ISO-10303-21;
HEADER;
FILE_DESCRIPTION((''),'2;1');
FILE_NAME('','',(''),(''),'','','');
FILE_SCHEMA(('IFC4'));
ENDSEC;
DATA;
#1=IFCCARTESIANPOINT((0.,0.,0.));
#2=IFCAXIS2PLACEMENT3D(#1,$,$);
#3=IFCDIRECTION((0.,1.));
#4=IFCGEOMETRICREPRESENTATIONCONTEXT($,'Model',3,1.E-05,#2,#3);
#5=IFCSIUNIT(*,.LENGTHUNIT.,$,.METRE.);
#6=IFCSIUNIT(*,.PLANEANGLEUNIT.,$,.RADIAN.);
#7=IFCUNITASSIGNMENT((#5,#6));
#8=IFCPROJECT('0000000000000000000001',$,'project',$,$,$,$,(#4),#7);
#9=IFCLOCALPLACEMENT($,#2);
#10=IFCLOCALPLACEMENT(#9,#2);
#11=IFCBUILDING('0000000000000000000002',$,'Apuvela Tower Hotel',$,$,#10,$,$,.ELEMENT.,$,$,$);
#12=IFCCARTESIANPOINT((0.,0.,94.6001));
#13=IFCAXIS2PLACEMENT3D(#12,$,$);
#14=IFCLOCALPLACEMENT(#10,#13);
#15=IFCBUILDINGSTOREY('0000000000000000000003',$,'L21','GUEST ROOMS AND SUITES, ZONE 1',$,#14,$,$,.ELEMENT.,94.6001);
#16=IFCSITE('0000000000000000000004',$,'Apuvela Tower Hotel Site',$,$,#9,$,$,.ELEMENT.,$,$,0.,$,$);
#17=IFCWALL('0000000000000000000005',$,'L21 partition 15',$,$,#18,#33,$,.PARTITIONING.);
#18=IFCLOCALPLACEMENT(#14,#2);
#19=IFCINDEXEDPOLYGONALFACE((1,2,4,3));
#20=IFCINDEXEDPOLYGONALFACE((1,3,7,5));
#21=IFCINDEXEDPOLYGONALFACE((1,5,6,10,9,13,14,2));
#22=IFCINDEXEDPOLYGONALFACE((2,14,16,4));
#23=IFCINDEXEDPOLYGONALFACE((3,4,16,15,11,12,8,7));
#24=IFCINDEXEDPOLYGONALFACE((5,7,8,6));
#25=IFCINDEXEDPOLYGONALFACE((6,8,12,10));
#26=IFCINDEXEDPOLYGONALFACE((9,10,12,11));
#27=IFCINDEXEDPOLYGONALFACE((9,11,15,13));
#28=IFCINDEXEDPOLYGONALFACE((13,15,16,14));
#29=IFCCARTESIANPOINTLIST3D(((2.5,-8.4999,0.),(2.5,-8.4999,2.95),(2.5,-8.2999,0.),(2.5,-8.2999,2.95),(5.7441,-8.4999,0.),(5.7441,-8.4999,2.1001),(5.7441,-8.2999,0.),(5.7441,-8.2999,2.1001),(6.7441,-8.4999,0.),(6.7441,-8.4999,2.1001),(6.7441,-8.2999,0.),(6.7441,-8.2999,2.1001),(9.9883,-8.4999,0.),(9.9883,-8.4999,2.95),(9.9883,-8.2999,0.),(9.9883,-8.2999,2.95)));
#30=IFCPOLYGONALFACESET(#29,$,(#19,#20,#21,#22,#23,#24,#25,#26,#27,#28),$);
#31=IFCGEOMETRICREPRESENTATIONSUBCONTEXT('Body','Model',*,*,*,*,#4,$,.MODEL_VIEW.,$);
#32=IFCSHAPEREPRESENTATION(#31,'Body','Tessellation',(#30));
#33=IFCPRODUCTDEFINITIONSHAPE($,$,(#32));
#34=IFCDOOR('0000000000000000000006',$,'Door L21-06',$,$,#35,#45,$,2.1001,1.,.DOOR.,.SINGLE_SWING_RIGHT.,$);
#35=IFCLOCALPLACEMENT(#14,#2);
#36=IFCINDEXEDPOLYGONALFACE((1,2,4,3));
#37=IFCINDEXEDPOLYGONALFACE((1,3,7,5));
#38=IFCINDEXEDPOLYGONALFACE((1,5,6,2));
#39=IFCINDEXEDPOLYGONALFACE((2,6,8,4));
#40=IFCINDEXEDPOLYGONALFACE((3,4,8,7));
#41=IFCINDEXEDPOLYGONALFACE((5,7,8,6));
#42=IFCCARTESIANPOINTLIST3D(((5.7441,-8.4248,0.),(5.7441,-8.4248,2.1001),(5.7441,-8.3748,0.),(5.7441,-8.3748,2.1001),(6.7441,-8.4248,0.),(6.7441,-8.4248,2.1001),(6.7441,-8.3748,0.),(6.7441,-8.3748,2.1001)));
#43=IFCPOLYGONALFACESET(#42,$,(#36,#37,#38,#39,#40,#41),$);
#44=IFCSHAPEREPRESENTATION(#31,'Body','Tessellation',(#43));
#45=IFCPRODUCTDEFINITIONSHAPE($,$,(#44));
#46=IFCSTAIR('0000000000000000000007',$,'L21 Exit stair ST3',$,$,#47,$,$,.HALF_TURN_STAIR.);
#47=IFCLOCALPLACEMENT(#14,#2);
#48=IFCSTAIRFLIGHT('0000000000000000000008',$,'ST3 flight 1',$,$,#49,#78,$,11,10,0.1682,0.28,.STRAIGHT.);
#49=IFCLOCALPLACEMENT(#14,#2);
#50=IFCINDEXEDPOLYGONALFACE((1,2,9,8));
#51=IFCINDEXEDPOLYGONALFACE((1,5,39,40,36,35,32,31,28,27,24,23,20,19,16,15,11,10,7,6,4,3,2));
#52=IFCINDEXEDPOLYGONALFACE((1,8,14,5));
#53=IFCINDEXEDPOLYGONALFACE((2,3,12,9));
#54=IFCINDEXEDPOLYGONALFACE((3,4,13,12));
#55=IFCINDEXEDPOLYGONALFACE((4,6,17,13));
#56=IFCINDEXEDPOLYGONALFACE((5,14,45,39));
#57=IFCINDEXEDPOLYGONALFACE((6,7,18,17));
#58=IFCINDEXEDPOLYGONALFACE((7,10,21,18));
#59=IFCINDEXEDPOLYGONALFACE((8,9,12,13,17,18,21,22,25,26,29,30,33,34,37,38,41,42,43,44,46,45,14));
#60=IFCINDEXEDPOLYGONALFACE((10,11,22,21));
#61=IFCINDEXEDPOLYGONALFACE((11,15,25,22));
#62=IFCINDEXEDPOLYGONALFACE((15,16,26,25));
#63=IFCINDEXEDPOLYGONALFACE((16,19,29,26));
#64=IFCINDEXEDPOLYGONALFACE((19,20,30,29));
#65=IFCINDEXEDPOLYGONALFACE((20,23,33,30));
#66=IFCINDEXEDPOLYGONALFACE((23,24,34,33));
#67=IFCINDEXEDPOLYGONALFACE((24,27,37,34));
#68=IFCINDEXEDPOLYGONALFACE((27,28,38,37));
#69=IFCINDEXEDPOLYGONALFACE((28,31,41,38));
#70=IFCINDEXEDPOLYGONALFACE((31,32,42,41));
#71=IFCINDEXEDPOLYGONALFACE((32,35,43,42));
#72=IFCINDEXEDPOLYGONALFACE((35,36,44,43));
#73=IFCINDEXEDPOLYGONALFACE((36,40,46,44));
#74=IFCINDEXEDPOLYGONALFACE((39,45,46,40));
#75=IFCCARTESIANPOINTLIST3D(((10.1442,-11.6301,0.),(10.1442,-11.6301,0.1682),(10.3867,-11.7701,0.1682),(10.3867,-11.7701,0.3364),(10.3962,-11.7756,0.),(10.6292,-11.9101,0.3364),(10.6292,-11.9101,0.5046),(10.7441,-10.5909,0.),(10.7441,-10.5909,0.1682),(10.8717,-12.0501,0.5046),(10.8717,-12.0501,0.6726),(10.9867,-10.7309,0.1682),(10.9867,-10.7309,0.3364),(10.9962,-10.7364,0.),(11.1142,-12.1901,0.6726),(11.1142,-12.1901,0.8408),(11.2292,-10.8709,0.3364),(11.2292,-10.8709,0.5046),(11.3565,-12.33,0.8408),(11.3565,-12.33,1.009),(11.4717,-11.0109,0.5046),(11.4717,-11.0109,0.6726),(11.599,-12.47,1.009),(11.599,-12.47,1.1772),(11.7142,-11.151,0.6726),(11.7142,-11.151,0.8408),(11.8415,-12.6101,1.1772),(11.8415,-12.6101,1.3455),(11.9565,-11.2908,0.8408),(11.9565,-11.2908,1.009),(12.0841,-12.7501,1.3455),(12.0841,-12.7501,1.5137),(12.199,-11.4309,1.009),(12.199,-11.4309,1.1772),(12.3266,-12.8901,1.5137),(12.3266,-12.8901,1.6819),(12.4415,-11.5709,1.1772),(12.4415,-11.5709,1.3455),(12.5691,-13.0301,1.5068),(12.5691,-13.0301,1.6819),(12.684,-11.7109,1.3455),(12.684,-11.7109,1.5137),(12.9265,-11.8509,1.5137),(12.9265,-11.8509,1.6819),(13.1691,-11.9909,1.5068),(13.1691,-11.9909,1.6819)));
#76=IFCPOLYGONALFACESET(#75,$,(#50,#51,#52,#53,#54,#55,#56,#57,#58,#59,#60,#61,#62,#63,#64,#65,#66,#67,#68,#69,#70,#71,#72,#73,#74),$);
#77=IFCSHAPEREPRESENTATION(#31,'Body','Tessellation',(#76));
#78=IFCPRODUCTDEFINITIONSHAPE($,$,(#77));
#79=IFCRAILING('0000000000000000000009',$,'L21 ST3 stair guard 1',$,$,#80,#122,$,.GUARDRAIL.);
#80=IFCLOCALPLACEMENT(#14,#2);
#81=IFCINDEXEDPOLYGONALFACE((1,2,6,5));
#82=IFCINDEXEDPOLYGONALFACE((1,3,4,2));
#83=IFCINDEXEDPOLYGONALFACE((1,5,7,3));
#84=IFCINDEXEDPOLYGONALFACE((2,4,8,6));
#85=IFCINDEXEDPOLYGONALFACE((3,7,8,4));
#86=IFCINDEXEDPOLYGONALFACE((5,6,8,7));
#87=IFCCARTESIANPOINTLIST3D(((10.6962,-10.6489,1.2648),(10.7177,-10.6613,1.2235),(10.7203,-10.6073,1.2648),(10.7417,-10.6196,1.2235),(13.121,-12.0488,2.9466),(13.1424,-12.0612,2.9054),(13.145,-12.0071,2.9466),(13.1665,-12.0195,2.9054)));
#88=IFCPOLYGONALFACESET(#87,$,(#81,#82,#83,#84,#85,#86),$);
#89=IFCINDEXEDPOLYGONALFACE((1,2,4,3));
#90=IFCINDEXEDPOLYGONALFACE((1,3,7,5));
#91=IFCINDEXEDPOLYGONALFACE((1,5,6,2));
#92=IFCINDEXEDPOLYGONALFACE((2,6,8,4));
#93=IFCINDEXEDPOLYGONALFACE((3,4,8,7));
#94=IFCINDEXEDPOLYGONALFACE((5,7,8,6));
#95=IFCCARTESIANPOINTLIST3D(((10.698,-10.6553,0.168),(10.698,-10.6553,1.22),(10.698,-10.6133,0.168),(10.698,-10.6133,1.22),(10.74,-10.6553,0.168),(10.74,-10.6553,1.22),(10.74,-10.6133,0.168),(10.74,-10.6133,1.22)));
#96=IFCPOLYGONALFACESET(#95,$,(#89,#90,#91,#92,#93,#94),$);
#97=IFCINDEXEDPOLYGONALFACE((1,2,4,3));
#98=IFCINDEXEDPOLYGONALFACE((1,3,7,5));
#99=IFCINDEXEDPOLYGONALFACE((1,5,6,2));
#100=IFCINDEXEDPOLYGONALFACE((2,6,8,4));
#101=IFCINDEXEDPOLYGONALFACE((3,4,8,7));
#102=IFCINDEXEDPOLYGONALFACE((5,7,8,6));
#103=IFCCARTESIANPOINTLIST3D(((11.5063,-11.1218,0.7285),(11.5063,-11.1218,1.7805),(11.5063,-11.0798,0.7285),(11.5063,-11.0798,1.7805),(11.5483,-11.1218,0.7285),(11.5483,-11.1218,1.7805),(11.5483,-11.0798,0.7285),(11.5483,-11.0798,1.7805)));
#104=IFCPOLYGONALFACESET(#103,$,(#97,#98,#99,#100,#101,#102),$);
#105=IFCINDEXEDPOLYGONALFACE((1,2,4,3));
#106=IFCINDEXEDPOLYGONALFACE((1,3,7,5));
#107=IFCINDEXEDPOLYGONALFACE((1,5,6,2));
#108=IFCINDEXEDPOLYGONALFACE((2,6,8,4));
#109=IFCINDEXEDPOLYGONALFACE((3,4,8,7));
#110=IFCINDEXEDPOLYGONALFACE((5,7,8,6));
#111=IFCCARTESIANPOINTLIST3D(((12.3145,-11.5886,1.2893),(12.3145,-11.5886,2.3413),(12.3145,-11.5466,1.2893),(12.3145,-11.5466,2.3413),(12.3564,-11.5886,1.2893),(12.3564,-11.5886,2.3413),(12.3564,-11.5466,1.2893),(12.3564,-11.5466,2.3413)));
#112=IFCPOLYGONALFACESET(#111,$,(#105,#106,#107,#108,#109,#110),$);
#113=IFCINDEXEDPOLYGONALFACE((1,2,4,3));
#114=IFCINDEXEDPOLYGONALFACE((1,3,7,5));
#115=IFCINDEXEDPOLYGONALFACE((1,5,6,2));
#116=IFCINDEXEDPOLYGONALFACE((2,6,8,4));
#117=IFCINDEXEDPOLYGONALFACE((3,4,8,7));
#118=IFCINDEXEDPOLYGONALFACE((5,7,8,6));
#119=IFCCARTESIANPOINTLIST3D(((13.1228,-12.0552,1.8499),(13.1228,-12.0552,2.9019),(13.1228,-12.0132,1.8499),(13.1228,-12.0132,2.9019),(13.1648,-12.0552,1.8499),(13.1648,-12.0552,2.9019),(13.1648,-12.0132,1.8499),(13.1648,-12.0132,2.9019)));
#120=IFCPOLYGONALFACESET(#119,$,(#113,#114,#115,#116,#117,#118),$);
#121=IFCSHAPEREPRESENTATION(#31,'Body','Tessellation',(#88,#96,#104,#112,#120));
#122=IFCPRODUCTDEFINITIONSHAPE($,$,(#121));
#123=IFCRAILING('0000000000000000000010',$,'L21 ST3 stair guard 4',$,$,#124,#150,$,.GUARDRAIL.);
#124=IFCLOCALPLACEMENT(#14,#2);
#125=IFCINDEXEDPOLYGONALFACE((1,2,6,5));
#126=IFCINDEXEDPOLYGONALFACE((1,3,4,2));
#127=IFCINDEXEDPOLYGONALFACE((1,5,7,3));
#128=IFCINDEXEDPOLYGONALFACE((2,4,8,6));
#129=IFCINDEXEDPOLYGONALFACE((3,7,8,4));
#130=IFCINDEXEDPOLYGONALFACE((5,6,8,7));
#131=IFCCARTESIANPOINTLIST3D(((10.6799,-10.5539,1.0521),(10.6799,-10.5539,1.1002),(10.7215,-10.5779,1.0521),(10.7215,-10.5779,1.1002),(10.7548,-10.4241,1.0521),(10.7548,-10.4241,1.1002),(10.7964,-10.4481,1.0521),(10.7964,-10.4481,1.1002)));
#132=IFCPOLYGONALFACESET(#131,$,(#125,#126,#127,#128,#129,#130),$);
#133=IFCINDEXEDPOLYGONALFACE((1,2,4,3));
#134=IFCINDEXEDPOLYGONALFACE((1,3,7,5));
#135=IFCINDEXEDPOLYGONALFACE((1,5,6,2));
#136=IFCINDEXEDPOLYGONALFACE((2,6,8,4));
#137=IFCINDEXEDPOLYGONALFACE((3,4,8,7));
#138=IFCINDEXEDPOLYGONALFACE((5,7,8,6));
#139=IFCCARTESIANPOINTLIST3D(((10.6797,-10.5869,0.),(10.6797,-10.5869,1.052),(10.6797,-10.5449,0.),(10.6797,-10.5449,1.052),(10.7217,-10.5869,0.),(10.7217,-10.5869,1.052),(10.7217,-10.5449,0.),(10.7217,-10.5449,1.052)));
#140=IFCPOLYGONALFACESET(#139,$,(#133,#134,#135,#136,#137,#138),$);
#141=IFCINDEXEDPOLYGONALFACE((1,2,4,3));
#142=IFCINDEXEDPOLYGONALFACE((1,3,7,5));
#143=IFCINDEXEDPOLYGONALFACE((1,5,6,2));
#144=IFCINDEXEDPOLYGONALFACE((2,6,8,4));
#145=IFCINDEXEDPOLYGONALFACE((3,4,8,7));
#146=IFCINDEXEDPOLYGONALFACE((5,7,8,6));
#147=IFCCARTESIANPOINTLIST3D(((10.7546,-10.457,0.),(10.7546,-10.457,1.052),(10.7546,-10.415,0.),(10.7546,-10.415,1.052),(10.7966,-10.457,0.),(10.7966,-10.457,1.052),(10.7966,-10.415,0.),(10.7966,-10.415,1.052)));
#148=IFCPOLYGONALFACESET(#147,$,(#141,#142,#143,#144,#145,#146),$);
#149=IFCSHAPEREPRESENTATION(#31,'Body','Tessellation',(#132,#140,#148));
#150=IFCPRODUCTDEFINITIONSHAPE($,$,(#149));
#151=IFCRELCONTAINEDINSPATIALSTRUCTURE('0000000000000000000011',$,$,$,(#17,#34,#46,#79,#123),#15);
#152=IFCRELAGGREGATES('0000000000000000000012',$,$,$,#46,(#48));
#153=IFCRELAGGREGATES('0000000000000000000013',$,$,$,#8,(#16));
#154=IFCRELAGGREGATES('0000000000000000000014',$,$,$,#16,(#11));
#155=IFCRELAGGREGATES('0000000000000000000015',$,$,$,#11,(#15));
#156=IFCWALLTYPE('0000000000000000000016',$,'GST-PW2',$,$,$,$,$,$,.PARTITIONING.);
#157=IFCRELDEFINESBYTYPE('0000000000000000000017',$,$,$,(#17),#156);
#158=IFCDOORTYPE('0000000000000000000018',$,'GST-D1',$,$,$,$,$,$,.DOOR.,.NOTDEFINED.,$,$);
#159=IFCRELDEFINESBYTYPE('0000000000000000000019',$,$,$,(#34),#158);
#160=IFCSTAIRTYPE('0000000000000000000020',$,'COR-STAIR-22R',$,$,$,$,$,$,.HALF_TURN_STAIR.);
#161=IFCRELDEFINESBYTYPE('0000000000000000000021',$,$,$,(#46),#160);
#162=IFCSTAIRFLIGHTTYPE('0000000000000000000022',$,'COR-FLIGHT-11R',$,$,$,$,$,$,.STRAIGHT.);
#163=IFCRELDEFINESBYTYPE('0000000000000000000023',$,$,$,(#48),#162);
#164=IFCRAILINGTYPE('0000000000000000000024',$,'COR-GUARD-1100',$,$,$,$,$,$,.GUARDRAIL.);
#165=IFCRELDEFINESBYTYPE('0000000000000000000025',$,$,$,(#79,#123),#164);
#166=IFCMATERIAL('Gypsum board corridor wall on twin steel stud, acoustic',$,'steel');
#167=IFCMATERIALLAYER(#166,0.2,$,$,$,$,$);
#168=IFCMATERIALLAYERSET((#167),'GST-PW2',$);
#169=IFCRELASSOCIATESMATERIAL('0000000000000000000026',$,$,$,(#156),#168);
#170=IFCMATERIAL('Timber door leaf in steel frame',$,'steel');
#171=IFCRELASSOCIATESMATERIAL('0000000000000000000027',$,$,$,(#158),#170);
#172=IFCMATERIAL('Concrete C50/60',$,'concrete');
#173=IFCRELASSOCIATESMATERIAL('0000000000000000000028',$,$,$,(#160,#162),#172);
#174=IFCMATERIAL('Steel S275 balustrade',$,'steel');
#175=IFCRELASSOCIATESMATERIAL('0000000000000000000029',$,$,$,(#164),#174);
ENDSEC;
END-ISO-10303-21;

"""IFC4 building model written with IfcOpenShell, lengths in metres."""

from ifc_helpers import new_model, si_unit, direction, frame, frame_2d, origin, origin_2d, place, context, subcontext, project, spatial, polyline, rectangle, outline, extrude, material, layer, layer_set, type_object, element, fill, aggregate, save


model = new_model("IFC4")

# Units and contexts
model_context = context("Model", 3, precision=1e-05, world=origin(), true_north=direction((0.0, 1.0)))
body_context = subcontext(model_context, "Body", "Model", "MODEL_VIEW")
ifc_project = project(units=[si_unit("LENGTHUNIT", "METRE"), si_unit("PLANEANGLEUNIT", "RADIAN")], contexts=[model_context])

# Site, building, storey
site_placement = place(None, origin())
site = spatial("IfcSite", under=ifc_project, at=site_placement, Name="Apuvela Tower Hotel Site", CompositionType="ELEMENT", RefElevation=0.0)
building_placement = place(site_placement, origin())
building = spatial("IfcBuilding", under=site, at=building_placement, Name="Apuvela Tower Hotel", CompositionType="ELEMENT")
storey_placement = place(building_placement, frame((0.0, 0.0, 94.6001)))
storey = spatial("IfcBuildingStorey", under=building, at=storey_placement, Name="L21", Description="GUEST ROOMS AND SUITES, ZONE 1", CompositionType="ELEMENT", Elevation=94.6001)

# Shared definitions
ifc_material_1 = material(Name="Concrete C50/60", Category="concrete")

# Wall, opening, door
ifc_material_2 = material(Name="Gypsum board corridor wall on twin steel stud, acoustic", Category="steel")
ifc_layer_1 = layer(ifc_material_2, 0.2)
ifc_layer_set_1 = layer_set([ifc_layer_1], Name="GST-PW2")
wall_type_1 = type_object("IfcWallType", Name="GST-PW2", PredefinedType="PARTITIONING", material=ifc_layer_set_1)
ifc_material_3 = material(Name="Timber door leaf in steel frame", Category="steel")
door_type_1 = type_object("IfcDoorType", Name="GST-D1", OperationType="NOTDEFINED", PredefinedType="DOOR", material=ifc_material_3)
wall_1_placement = place(storey_placement, frame((9.9883, -8.3999, 0.0), z_axis=(0.0, 0.0, 1.0), x_axis=(-1.0, 0.0, 0.0)))
wall_1 = element("IfcWall", 1, at=wall_1_placement, inside=storey, type_object=wall_type_1, Name="L21 partition 15", PredefinedType="PARTITIONING", context=body_context, shape_type="SweptSolid", body=[
    extrude(rectangle(XDim=7.4883, YDim=0.2, at=frame_2d((3.7441, 0.0))), origin(), (0.0, 0.0, 1.0), 2.95),
])
opening_1_placement = place(wall_1_placement, frame((3.2441, 0.0, 0.0)))
opening_1 = element("IfcOpeningElement", 2, at=opening_1_placement, cuts=wall_1, PredefinedType="OPENING", context=body_context, shape_type="SweptSolid", body=[
    extrude(rectangle(XDim=1.0, YDim=2.1001, at=frame_2d((0.5, 1.05))), frame((0.0, 0.1099, 0.0), z_axis=(0.0, -1.0, 0.0), x_axis=(1.0, 0.0, 0.0)), (0.0, 0.0, 1.0), 0.22),
])
door_1_placement = place(opening_1_placement, origin())
door_1 = element("IfcDoor", 3, at=door_1_placement, inside=storey, type_object=door_type_1, Name="Door L21-06", OperationType="SINGLE_SWING_RIGHT", OverallHeight=2.1001, OverallWidth=1.0, PredefinedType="DOOR", context=body_context, shape_type="SweptSolid", body=[
    extrude(rectangle(XDim=1.0, YDim=2.1001, at=frame_2d((0.5, 1.05))), frame((0.0, 0.0249, 0.0), z_axis=(0.0, -1.0, 0.0), x_axis=(1.0, 0.0, 0.0)), (0.0, 0.0, 1.0), 0.05),
])
fill(opening_1, door_1)

# Stair, stair flight
stair_type = type_object("IfcStairType", Name="COR-STAIR-22R", PredefinedType="HALF_TURN_STAIR", material=ifc_material_1)
stair_placement = place(storey_placement, origin())
stair = element("IfcStair", 4, at=stair_placement, inside=storey, type_object=stair_type, Name="L21 Exit stair ST3", PredefinedType="HALF_TURN_STAIR")
stair_flight_type = type_object("IfcStairFlightType", Name="COR-FLIGHT-11R", PredefinedType="STRAIGHT", material=ifc_material_1)
stair_flight_placement = place(storey_placement, frame((10.4441, -11.1106, 0.0), z_axis=(0.0, 0.0, 1.0), x_axis=(0.866025, -0.5, 0.0)))
stair_flight = element("IfcStairFlight", 5, at=stair_flight_placement, type_object=stair_flight_type, Name="ST3 flight 1", NumberOfRisers=11, NumberOfTreads=10, PredefinedType="STRAIGHT", RiserHeight=0.1682, TreadLength=0.28, context=body_context, shape_type="SweptSolid", body=[
    extrude(outline(polyline([(0.0, 0.0), (0.0, 0.1682), (0.28, 0.1682), (0.28, 0.3364), (0.5601, 0.3364), (0.5601, 0.5046), (0.8401, 0.5046), (0.8401, 0.6726), (1.1201, 0.6726), (1.1201, 0.8408), (1.3999, 0.8408), (1.3999, 1.009), (1.6799, 1.009), (1.6799, 1.1772), (1.96, 1.1772), (1.96, 1.3455), (2.24, 1.3455), (2.24, 1.5137), (2.52, 1.5137), (2.52, 1.6819), (2.8, 1.6819), (2.8, 1.8501), (2.8, 1.5068), (0.291, 0.0), (0.0, 0.0)])), frame((0.0, 0.6001, 0.0), z_axis=(0.0, -1.0, 0.0), x_axis=(1.0, 0.0, 0.0)), (0.0, 0.0, 1.0), 1.2),
])
aggregate(stair, [stair_flight])

# Railings
ifc_material_4 = material(Name="Steel S275 balustrade", Category="steel")
railing_type_1 = type_object("IfcRailingType", Name="COR-GUARD-1100", PredefinedType="GUARDRAIL", material=ifc_material_4)
railing_1_placement = place(storey_placement, frame((10.719, -10.6343, 0.168)))
element("IfcRailing", 6, at=railing_1_placement, inside=storey, type_object=railing_type_1, Name="L21 ST3 stair guard 1", PredefinedType="GUARDRAIL", context=body_context, shape_type="SweptSolid", body=[
    extrude(rectangle(XDim=0.0481, YDim=0.0481, at=origin_2d()), frame((0.0, 0.0, 1.0762), z_axis=(0.74239, -0.428601, 0.514934), x_axis=(0.499984, 0.866035, 0.0)), (0.0, 0.0, 1.0), 3.2661),
    extrude(rectangle(XDim=0.042, YDim=0.042, at=origin_2d()), origin(), (0.0, 0.0, 1.0), 1.052),
    extrude(rectangle(XDim=0.042, YDim=0.042, at=origin_2d()), frame((0.8083, -0.4666, 0.5605)), (0.0, 0.0, 1.0), 1.052),
    extrude(rectangle(XDim=0.042, YDim=0.042, at=origin_2d()), frame((1.6165, -0.9333, 1.1213)), (0.0, 0.0, 1.0), 1.052),
    extrude(rectangle(XDim=0.042, YDim=0.042, at=origin_2d()), frame((2.4248, -1.3999, 1.6819)), (0.0, 0.0, 1.0), 1.052),
])
railing_2_placement = place(storey_placement, frame((10.7007, -10.5659, 0.0)))
element("IfcRailing", 7, at=railing_2_placement, inside=storey, type_object=railing_type_1, Name="L21 ST3 stair guard 4", PredefinedType="GUARDRAIL", context=body_context, shape_type="SweptSolid", body=[
    extrude(rectangle(XDim=0.0481, YDim=0.0481, at=origin_2d()), frame((0.0, 0.0, 1.0762), z_axis=(0.499816, 0.866131, 0.0), x_axis=(-0.866131, 0.499816, 0.0)), (0.0, 0.0, 1.0), 0.1499),
    extrude(rectangle(XDim=0.042, YDim=0.042, at=origin_2d()), origin(), (0.0, 0.0, 1.0), 1.052),
    extrude(rectangle(XDim=0.042, YDim=0.042, at=origin_2d()), frame((0.075, 0.1299, 0.0)), (0.0, 0.0, 1.0), 1.052),
])

save(model, "model.ifc")
